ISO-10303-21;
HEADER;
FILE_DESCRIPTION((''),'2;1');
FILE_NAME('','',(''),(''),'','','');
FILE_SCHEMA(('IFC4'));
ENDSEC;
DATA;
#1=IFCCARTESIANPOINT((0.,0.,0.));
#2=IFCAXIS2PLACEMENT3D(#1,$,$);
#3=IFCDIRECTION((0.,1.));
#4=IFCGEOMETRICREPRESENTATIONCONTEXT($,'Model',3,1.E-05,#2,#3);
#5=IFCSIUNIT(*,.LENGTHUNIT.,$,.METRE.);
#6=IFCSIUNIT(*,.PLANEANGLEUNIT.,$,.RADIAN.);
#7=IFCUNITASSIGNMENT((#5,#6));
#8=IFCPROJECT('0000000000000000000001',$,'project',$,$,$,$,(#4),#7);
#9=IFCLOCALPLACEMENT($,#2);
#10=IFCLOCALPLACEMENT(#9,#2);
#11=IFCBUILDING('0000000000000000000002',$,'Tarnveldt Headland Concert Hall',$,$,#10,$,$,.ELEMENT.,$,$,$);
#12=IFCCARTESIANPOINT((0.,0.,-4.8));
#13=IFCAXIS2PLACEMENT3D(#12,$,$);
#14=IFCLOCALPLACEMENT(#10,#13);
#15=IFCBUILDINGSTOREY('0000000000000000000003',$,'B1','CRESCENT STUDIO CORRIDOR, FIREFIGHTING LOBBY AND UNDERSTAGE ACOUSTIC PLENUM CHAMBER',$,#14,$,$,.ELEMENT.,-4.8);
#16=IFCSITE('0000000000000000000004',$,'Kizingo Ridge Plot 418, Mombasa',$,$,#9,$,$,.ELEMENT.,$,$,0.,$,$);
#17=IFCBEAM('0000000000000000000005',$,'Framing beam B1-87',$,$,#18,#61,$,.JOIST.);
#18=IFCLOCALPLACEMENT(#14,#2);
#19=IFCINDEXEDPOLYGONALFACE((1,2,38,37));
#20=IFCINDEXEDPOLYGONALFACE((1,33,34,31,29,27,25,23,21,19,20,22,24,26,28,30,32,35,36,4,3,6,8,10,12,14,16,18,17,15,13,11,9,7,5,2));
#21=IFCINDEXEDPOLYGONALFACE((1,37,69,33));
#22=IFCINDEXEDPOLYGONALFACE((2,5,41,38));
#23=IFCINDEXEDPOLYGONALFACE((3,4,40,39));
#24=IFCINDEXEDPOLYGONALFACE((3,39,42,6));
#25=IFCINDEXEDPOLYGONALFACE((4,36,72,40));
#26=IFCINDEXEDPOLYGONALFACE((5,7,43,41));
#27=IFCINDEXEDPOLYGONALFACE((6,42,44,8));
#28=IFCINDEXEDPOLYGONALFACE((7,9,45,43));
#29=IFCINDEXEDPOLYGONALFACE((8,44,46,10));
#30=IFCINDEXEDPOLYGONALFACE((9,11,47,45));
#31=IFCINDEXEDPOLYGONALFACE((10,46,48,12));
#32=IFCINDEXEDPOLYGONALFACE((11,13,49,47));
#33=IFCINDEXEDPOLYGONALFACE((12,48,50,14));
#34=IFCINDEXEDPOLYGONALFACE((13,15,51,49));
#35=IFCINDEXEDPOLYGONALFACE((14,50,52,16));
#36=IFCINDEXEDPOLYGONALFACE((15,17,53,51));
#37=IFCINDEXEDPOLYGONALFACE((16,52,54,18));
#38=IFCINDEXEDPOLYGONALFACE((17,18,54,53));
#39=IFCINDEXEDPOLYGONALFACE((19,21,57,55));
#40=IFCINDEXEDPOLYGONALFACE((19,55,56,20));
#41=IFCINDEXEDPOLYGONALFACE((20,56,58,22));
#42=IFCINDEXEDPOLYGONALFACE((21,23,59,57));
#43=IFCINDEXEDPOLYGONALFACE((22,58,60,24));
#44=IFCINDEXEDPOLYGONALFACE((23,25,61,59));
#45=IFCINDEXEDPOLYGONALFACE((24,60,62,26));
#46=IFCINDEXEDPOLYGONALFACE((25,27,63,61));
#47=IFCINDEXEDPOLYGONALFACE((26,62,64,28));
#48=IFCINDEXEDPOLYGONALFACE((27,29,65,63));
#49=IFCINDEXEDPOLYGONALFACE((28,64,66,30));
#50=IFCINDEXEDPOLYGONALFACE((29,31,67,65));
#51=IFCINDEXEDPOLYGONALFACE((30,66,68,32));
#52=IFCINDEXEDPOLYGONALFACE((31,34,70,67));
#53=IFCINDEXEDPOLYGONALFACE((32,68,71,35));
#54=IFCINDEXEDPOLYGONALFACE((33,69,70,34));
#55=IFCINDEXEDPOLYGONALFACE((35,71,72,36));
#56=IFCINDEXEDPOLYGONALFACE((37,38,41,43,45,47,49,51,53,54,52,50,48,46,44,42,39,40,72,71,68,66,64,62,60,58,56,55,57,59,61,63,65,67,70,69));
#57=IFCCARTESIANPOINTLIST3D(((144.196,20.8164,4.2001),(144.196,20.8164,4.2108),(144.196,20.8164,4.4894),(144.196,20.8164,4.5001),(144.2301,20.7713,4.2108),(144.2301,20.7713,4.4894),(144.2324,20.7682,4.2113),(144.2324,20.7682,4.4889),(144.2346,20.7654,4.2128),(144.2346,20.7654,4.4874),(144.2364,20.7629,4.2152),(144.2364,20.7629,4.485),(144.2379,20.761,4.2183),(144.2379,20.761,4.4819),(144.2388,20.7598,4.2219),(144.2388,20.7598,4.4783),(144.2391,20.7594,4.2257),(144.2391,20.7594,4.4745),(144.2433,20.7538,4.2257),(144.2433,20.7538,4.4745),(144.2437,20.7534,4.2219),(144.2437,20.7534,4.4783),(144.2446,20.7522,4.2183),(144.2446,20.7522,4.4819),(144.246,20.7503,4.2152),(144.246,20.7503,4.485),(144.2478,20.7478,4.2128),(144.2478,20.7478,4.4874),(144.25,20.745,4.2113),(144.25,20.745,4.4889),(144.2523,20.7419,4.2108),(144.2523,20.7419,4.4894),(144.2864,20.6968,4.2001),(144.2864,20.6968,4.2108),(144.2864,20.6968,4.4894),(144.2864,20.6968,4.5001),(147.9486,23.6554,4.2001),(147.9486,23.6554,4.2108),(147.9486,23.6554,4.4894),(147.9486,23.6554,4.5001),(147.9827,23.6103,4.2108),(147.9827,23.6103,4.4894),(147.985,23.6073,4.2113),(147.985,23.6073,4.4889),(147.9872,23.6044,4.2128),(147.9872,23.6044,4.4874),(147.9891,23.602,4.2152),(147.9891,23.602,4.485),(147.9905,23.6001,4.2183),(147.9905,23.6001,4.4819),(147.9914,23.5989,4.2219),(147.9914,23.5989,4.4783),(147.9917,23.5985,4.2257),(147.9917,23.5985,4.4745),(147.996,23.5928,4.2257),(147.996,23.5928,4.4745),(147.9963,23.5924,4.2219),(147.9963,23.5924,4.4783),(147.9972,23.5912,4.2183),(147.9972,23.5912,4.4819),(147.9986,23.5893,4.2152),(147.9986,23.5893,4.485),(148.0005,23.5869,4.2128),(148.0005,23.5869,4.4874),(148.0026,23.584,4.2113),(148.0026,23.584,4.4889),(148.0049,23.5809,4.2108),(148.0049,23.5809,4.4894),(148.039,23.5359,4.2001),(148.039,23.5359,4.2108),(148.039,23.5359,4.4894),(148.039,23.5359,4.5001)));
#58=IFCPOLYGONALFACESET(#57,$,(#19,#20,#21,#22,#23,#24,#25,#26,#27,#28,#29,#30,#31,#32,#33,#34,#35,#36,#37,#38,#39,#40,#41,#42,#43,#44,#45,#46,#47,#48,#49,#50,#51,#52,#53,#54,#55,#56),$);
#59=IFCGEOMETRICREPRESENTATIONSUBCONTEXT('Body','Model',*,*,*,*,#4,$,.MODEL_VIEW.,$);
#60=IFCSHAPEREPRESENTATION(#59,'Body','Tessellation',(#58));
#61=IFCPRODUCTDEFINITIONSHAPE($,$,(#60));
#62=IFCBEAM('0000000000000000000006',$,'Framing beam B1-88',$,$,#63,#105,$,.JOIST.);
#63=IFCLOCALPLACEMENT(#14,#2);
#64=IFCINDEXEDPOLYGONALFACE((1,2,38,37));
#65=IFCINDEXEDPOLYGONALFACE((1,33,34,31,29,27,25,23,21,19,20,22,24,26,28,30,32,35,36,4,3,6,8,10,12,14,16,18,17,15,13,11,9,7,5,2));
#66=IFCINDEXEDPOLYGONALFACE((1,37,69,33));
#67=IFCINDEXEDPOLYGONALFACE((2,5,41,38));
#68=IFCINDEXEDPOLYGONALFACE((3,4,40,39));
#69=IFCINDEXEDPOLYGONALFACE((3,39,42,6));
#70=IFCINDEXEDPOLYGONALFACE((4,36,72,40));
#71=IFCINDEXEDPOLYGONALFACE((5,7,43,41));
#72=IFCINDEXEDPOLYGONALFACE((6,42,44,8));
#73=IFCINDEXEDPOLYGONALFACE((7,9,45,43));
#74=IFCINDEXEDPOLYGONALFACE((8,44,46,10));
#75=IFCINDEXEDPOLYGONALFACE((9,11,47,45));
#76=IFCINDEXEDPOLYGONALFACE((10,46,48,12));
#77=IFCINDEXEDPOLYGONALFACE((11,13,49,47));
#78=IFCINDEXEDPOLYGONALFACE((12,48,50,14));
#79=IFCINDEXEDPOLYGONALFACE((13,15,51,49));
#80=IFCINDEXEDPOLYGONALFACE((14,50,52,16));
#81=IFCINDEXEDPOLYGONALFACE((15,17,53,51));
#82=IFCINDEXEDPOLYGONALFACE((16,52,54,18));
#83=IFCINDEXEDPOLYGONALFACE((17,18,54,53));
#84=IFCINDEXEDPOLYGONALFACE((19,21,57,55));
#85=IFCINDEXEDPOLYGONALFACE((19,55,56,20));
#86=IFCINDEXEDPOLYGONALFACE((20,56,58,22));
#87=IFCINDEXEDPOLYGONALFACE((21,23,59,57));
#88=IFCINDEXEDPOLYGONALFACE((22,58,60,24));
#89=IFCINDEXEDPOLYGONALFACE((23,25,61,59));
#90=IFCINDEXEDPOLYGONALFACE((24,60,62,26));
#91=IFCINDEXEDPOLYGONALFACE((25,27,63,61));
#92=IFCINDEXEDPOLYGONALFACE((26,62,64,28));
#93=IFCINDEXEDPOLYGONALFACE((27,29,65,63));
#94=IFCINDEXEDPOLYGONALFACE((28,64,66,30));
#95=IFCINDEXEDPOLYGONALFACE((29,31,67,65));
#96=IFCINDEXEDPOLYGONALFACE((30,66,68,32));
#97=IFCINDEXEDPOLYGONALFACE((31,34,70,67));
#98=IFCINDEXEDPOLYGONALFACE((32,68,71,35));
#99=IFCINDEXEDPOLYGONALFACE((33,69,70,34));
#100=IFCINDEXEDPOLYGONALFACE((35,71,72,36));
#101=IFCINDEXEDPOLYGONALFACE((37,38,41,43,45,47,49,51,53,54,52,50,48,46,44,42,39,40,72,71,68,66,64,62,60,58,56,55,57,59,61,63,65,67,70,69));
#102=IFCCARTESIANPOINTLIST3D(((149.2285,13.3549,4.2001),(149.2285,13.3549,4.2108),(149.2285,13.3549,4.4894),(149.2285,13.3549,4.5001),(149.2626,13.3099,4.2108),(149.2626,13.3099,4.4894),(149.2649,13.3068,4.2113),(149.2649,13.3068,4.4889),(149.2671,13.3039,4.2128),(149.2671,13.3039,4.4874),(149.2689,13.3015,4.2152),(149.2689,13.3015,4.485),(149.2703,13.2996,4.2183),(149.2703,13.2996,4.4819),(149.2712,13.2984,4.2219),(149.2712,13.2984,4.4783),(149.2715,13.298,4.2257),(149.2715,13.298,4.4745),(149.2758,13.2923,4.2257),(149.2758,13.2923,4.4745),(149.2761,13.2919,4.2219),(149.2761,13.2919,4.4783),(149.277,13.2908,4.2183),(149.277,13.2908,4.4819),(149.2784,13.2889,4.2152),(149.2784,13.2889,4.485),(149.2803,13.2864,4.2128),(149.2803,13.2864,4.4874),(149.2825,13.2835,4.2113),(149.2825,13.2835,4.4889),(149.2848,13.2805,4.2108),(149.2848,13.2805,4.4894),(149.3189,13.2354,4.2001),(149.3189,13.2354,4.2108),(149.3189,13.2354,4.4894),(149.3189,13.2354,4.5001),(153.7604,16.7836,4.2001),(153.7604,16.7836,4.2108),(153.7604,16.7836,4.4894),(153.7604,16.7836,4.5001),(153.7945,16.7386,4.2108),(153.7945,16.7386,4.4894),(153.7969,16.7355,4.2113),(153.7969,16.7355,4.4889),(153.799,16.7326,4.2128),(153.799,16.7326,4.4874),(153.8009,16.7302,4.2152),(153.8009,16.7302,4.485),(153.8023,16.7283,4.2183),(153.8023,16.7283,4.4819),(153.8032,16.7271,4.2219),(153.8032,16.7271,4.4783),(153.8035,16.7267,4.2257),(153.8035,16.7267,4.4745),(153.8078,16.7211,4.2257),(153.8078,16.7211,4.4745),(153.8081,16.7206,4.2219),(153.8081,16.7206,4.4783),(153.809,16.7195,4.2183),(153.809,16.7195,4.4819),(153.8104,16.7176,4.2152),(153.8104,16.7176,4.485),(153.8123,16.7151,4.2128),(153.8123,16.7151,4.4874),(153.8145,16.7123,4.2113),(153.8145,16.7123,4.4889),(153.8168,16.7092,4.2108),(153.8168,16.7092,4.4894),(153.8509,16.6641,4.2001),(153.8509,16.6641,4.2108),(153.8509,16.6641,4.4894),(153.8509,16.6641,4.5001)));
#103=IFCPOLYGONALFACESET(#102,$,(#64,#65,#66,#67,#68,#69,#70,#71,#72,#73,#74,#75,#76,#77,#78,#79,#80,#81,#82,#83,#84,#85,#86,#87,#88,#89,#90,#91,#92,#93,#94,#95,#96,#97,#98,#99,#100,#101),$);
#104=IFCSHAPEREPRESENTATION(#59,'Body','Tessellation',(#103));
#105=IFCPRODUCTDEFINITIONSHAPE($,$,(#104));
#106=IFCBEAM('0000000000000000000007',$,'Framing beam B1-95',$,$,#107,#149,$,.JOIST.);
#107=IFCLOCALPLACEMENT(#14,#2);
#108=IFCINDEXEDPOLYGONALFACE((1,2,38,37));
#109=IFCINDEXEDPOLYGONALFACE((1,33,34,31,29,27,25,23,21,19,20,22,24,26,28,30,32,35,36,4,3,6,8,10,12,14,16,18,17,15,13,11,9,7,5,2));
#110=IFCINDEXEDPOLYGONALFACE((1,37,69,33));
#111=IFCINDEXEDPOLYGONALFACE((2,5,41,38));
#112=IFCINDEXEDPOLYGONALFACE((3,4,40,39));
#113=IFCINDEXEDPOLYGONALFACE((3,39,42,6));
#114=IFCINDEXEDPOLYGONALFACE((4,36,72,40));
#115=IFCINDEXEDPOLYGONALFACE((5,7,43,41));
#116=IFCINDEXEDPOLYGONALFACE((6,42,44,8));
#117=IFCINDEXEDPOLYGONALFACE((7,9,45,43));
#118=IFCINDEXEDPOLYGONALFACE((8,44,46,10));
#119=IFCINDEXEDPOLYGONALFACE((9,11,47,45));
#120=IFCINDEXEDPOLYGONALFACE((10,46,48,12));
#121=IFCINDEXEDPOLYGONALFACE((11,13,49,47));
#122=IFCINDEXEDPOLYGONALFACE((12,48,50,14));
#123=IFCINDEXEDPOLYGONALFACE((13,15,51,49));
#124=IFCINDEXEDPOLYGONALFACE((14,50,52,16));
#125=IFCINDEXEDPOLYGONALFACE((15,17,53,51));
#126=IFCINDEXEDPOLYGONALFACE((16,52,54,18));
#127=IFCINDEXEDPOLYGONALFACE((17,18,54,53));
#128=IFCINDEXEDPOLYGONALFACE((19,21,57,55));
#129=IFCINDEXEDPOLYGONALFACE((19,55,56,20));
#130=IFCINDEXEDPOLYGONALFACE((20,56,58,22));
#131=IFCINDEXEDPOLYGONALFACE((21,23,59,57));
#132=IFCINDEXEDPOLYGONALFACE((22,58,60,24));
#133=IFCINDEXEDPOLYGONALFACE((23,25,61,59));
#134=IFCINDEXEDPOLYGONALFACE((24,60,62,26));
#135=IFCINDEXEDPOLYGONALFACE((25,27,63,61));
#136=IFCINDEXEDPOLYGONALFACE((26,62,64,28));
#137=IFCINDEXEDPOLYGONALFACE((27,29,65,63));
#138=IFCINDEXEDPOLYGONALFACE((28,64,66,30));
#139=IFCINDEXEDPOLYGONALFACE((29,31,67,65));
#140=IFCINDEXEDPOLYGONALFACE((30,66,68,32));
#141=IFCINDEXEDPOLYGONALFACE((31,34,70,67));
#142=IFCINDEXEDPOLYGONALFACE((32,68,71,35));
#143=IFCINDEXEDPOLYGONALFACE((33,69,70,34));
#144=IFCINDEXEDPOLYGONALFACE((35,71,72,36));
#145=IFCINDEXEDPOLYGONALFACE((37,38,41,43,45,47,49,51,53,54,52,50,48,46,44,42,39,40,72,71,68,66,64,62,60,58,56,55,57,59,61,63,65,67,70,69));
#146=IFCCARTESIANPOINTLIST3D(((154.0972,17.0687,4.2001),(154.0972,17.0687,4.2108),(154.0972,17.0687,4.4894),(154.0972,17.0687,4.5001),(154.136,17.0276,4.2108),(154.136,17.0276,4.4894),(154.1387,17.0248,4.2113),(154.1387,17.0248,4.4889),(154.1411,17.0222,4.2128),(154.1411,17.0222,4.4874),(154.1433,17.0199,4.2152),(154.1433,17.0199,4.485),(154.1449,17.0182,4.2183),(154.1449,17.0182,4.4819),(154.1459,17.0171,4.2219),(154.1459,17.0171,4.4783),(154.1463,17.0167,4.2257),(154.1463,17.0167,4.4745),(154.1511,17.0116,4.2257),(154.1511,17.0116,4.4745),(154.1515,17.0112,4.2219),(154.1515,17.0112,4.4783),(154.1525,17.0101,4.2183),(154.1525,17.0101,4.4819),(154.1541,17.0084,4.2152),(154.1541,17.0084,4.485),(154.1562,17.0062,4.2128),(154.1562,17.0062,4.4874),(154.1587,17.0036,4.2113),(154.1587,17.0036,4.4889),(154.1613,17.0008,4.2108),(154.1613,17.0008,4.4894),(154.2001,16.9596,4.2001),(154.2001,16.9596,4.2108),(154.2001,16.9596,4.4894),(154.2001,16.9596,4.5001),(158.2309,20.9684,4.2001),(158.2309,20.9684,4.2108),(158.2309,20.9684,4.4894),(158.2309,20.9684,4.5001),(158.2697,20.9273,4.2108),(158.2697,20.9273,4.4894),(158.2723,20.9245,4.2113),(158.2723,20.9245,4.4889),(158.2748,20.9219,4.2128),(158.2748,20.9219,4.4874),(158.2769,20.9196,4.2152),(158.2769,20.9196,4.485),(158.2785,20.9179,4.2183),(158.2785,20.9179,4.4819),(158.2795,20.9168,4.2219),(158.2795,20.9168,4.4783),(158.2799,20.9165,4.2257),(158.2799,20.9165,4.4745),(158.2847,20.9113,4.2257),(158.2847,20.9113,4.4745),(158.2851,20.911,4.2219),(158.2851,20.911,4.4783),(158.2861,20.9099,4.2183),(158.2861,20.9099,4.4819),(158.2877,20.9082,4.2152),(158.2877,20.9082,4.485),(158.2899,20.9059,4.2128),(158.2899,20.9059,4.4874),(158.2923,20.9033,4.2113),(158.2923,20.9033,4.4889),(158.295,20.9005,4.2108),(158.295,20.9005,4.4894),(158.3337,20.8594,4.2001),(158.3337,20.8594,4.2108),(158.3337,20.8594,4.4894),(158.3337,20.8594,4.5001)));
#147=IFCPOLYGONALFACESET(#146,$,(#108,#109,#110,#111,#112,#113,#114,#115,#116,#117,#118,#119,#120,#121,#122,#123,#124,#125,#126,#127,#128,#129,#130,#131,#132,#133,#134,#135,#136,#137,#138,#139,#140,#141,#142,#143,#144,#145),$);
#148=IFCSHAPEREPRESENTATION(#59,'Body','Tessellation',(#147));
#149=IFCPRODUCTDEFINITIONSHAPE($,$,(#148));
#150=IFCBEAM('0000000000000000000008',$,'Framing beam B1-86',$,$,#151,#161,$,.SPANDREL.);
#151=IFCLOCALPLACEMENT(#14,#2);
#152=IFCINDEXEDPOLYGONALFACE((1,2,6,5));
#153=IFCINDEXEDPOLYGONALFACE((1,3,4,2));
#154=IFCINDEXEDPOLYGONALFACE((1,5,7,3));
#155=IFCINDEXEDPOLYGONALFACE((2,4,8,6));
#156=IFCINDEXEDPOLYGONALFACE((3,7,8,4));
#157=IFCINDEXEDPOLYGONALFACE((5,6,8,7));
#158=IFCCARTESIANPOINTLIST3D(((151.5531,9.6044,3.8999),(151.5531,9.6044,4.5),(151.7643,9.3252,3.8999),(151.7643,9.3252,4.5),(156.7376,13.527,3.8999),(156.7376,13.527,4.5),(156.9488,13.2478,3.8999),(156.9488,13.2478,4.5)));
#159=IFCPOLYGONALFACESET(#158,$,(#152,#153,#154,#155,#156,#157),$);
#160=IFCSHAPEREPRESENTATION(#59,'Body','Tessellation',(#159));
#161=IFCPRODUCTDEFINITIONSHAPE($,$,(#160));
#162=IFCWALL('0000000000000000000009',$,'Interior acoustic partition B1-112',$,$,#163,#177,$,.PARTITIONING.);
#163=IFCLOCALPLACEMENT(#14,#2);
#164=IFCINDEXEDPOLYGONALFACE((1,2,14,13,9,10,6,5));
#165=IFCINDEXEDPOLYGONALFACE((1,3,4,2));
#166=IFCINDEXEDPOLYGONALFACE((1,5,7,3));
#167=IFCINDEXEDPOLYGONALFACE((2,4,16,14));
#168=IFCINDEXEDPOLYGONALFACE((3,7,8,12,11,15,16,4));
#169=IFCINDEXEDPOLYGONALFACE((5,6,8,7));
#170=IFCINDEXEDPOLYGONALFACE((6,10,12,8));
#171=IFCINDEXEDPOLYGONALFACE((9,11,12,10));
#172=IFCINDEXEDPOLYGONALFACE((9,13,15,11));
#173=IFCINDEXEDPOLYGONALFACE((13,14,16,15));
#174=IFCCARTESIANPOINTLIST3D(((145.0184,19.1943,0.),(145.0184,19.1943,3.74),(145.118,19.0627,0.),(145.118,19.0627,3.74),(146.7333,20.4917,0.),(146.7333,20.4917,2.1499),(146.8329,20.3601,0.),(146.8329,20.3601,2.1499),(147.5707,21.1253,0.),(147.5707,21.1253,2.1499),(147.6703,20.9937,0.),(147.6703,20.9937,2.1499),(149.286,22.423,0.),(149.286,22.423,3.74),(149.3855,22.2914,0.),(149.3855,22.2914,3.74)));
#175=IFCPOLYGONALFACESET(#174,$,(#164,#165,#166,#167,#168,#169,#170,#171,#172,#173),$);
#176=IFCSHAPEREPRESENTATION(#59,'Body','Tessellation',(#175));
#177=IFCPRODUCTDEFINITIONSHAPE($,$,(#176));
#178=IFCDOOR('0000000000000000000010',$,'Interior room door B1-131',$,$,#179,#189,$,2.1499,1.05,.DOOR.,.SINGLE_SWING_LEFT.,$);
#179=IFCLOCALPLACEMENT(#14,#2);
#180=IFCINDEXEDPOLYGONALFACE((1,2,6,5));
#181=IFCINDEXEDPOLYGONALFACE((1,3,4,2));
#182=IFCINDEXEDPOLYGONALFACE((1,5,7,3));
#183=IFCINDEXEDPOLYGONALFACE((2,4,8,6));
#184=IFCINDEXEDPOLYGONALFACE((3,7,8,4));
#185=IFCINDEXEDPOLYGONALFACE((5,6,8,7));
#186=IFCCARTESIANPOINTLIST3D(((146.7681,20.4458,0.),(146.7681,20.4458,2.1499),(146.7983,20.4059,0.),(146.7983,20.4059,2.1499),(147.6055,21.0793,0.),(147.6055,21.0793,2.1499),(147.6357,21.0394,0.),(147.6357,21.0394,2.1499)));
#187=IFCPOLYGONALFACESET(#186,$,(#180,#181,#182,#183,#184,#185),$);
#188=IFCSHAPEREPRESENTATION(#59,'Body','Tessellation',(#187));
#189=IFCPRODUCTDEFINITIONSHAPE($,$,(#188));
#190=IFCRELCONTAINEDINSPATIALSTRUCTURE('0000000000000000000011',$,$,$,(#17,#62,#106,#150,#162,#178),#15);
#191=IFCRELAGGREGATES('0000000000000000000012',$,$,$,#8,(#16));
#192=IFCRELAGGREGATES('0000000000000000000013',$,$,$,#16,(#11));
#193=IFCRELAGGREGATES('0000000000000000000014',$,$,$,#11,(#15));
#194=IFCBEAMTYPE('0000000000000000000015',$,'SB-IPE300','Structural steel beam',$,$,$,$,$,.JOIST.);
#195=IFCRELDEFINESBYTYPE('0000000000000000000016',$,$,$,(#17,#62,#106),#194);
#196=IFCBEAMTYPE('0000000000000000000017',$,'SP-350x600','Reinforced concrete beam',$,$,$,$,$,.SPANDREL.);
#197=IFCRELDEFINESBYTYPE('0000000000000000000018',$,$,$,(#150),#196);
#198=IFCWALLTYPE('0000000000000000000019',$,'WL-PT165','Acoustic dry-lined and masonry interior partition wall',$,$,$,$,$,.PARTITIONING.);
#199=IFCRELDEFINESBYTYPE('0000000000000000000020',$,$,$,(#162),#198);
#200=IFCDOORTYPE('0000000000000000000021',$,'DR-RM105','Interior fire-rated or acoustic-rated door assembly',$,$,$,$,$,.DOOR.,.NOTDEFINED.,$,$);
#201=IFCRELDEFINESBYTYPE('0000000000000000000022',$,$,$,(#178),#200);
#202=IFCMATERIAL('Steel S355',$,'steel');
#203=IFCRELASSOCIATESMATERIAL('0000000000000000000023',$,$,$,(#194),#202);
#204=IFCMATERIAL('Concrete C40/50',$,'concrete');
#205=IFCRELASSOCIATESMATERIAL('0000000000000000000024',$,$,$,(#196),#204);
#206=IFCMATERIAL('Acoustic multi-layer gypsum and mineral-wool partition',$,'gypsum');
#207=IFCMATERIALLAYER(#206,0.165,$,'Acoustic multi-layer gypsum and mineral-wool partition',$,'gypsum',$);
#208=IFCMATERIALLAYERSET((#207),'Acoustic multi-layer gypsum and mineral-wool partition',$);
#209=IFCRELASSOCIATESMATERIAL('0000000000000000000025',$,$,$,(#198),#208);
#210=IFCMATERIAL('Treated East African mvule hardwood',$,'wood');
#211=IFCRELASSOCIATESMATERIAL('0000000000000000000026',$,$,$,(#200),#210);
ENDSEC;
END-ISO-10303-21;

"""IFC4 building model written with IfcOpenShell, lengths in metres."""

from ifc_helpers import new_model, si_unit, direction, frame, frame_2d, origin, origin_2d, place, context, subcontext, project, spatial, rectangle, i_section, extrude, material, layer, layer_set, material_profile, profile_set, type_object, element, fill, save


model = new_model("IFC4")

# Units and contexts
model_context = context("Model", 3, precision=1e-05, world=origin(), true_north=direction((0.0, 1.0)))
body_context = subcontext(model_context, "Body", "Model", "MODEL_VIEW")
ifc_project = project(units=[si_unit("LENGTHUNIT", "METRE"), si_unit("PLANEANGLEUNIT", "RADIAN")], contexts=[model_context])

# Site, building, storey
site_placement = place(None, origin())
site = spatial("IfcSite", under=ifc_project, at=site_placement, Name="Kizingo Ridge Plot 418, Mombasa", CompositionType="ELEMENT", RefElevation=0.0)
building_placement = place(site_placement, origin())
building = spatial("IfcBuilding", under=site, at=building_placement, Name="Tarnveldt Headland Concert Hall", CompositionType="ELEMENT")
storey_placement = place(building_placement, frame((0.0, 0.0, -4.8)))
storey = spatial("IfcBuildingStorey", under=building, at=storey_placement, Name="B1", Description="CRESCENT STUDIO CORRIDOR, FIREFIGHTING LOBBY AND UNDERSTAGE ACOUSTIC PLENUM CHAMBER", CompositionType="ELEMENT", Elevation=-4.8)

# Shared definitions
ifc_material_1 = material(Name="Concrete C40/50", Category="concrete")

# Beams
ifc_material_2 = material(Name="Steel S355", Category="steel")
ifc_material_profile_1 = material_profile(ifc_material_2, i_section(OverallWidth=0.1499, OverallDepth=0.3, WebThickness=0.0071, FlangeThickness=0.0107, FilletRadius=0.0149, at=origin_2d()), Name="IPE300", Category="steel")
ifc_profile_set_1 = profile_set([ifc_material_profile_1], Name="Steel S355")
beam_type_1 = type_object("IfcBeamType", Name="SB-IPE300", Description="Structural steel beam", PredefinedType="JOIST", material=ifc_profile_set_1)
beam_1_placement = place(storey_placement, frame((144.2412, 20.7566, 4.3501), z_axis=(0.797484, 0.60334, 0.0), x_axis=(-0.60334, 0.797484, 0.0)))
element("IfcBeam", 1, at=beam_1_placement, inside=storey, type_object=beam_type_1, Name="Framing beam B1-87", PredefinedType="JOIST", context=body_context, shape_type="SweptSolid", body=[
    extrude(i_section(OverallWidth=0.1499, OverallDepth=0.3, WebThickness=0.0071, FlangeThickness=0.0107, FilletRadius=0.0149, at=origin_2d()), origin(), (0.0, 0.0, 1.0), 4.7056),
])
for number, where, z_axis, x_axis, name in (
    (2, (149.2737, 13.2952, 4.3501), (0.797482, 0.603342, 0.0), (-0.603342, 0.797482, 0.0), "Framing beam B1-88"),
    (3, (154.1487, 17.0142, 4.3501), (0.727386, 0.686229, 0.0), (-0.686229, 0.727386, 0.0), "Framing beam B1-95"),
):
    element("IfcBeam", number, at=place(storey_placement, frame(where, z_axis=z_axis, x_axis=x_axis)), inside=storey, type_object=beam_type_1, Name=name, PredefinedType="JOIST", context=body_context, shape_type="SweptSolid", body=[
        extrude(i_section(OverallWidth=0.1499, OverallDepth=0.3, WebThickness=0.0071, FlangeThickness=0.0107, FilletRadius=0.0149, at=origin_2d()), origin(), (0.0, 0.0, 1.0), 5.6829),
    ])
ifc_material_profile_2 = material_profile(ifc_material_1, rectangle(XDim=0.3501, YDim=0.6001, at=origin_2d()), Name="RC SPANDREL 350x600", Category="concrete")
ifc_profile_set_2 = profile_set([ifc_material_profile_2], Name="Concrete C40/50")
beam_type_2 = type_object("IfcBeamType", Name="SP-350x600", Description="Reinforced concrete beam", PredefinedType="SPANDREL", material=ifc_profile_set_2)
beam_2_placement = place(storey_placement, frame((151.6587, 9.4648, 4.2), z_axis=(0.797469, 0.603359, 0.0), x_axis=(-0.603359, 0.797469, 0.0)))
element("IfcBeam", 4, at=beam_2_placement, inside=storey, type_object=beam_type_2, Name="Framing beam B1-86", PredefinedType="SPANDREL", context=body_context, shape_type="SweptSolid", body=[
    extrude(rectangle(XDim=0.3501, YDim=0.6001, at=origin_2d()), origin(), (0.0, 0.0, 1.0), 6.5012),
])

# Wall, opening, door
ifc_material_3 = material(Name="Acoustic multi-layer gypsum and mineral-wool partition", Category="gypsum")
ifc_layer_1 = layer(ifc_material_3, 0.165, Name="Acoustic multi-layer gypsum and mineral-wool partition", Category="gypsum")
ifc_layer_set_1 = layer_set([ifc_layer_1], Name="Acoustic multi-layer gypsum and mineral-wool partition")
wall_type = type_object("IfcWallType", Name="WL-PT165", Description="Acoustic dry-lined and masonry interior partition wall", PredefinedType="PARTITIONING", material=ifc_layer_set_1)
wall_1_placement = place(storey_placement, frame((145.0681, 19.1284, 0.0), z_axis=(0.0, 0.0, 1.0), x_axis=(0.797475, 0.603353, 0.0)))
wall_1 = element("IfcWall", 5, at=wall_1_placement, inside=storey, type_object=wall_type, Name="Interior acoustic partition B1-112", PredefinedType="PARTITIONING", context=body_context, shape_type="SweptSolid", body=[
    extrude(rectangle(XDim=5.3513, YDim=0.165, at=frame_2d((2.6758, 0.0))), origin(), (0.0, 0.0, 1.0), 3.74),
])
opening_1_placement = place(wall_1_placement, frame((2.1506, 0.0, 0.0)))
opening_1 = element("IfcOpeningElement", 6, at=opening_1_placement, cuts=wall_1, PredefinedType="OPENING", context=body_context, shape_type="SweptSolid", body=[
    extrude(rectangle(XDim=1.05, YDim=2.1499, at=frame_2d((0.5249, 1.075))), frame((0.0, 0.0925, 0.0), z_axis=(0.0, -1.0, 0.0), x_axis=(1.0, 0.0, 0.0)), (0.0, 0.0, 1.0), 0.1851),
])
ifc_material_4 = material(Name="Treated East African mvule hardwood", Category="wood")
door_type_1 = type_object("IfcDoorType", Name="DR-RM105", Description="Interior fire-rated or acoustic-rated door assembly", OperationType="NOTDEFINED", PredefinedType="DOOR", material=ifc_material_4)
door_1_placement = place(opening_1_placement, origin())
door_1 = element("IfcDoor", 7, at=door_1_placement, inside=storey, type_object=door_type_1, Name="Interior room door B1-131", OperationType="SINGLE_SWING_LEFT", OverallHeight=2.1499, OverallWidth=1.05, PredefinedType="DOOR", context=body_context, shape_type="SweptSolid", body=[
    extrude(rectangle(XDim=1.05, YDim=2.1499, at=frame_2d((0.5249, 1.075))), frame((0.0, 0.0249, 0.0), z_axis=(0.0, -1.0, 0.0), x_axis=(1.0, 0.0, 0.0)), (0.0, 0.0, 1.0), 0.05),
])
fill(opening_1, door_1)

save(model, "model.ifc")
